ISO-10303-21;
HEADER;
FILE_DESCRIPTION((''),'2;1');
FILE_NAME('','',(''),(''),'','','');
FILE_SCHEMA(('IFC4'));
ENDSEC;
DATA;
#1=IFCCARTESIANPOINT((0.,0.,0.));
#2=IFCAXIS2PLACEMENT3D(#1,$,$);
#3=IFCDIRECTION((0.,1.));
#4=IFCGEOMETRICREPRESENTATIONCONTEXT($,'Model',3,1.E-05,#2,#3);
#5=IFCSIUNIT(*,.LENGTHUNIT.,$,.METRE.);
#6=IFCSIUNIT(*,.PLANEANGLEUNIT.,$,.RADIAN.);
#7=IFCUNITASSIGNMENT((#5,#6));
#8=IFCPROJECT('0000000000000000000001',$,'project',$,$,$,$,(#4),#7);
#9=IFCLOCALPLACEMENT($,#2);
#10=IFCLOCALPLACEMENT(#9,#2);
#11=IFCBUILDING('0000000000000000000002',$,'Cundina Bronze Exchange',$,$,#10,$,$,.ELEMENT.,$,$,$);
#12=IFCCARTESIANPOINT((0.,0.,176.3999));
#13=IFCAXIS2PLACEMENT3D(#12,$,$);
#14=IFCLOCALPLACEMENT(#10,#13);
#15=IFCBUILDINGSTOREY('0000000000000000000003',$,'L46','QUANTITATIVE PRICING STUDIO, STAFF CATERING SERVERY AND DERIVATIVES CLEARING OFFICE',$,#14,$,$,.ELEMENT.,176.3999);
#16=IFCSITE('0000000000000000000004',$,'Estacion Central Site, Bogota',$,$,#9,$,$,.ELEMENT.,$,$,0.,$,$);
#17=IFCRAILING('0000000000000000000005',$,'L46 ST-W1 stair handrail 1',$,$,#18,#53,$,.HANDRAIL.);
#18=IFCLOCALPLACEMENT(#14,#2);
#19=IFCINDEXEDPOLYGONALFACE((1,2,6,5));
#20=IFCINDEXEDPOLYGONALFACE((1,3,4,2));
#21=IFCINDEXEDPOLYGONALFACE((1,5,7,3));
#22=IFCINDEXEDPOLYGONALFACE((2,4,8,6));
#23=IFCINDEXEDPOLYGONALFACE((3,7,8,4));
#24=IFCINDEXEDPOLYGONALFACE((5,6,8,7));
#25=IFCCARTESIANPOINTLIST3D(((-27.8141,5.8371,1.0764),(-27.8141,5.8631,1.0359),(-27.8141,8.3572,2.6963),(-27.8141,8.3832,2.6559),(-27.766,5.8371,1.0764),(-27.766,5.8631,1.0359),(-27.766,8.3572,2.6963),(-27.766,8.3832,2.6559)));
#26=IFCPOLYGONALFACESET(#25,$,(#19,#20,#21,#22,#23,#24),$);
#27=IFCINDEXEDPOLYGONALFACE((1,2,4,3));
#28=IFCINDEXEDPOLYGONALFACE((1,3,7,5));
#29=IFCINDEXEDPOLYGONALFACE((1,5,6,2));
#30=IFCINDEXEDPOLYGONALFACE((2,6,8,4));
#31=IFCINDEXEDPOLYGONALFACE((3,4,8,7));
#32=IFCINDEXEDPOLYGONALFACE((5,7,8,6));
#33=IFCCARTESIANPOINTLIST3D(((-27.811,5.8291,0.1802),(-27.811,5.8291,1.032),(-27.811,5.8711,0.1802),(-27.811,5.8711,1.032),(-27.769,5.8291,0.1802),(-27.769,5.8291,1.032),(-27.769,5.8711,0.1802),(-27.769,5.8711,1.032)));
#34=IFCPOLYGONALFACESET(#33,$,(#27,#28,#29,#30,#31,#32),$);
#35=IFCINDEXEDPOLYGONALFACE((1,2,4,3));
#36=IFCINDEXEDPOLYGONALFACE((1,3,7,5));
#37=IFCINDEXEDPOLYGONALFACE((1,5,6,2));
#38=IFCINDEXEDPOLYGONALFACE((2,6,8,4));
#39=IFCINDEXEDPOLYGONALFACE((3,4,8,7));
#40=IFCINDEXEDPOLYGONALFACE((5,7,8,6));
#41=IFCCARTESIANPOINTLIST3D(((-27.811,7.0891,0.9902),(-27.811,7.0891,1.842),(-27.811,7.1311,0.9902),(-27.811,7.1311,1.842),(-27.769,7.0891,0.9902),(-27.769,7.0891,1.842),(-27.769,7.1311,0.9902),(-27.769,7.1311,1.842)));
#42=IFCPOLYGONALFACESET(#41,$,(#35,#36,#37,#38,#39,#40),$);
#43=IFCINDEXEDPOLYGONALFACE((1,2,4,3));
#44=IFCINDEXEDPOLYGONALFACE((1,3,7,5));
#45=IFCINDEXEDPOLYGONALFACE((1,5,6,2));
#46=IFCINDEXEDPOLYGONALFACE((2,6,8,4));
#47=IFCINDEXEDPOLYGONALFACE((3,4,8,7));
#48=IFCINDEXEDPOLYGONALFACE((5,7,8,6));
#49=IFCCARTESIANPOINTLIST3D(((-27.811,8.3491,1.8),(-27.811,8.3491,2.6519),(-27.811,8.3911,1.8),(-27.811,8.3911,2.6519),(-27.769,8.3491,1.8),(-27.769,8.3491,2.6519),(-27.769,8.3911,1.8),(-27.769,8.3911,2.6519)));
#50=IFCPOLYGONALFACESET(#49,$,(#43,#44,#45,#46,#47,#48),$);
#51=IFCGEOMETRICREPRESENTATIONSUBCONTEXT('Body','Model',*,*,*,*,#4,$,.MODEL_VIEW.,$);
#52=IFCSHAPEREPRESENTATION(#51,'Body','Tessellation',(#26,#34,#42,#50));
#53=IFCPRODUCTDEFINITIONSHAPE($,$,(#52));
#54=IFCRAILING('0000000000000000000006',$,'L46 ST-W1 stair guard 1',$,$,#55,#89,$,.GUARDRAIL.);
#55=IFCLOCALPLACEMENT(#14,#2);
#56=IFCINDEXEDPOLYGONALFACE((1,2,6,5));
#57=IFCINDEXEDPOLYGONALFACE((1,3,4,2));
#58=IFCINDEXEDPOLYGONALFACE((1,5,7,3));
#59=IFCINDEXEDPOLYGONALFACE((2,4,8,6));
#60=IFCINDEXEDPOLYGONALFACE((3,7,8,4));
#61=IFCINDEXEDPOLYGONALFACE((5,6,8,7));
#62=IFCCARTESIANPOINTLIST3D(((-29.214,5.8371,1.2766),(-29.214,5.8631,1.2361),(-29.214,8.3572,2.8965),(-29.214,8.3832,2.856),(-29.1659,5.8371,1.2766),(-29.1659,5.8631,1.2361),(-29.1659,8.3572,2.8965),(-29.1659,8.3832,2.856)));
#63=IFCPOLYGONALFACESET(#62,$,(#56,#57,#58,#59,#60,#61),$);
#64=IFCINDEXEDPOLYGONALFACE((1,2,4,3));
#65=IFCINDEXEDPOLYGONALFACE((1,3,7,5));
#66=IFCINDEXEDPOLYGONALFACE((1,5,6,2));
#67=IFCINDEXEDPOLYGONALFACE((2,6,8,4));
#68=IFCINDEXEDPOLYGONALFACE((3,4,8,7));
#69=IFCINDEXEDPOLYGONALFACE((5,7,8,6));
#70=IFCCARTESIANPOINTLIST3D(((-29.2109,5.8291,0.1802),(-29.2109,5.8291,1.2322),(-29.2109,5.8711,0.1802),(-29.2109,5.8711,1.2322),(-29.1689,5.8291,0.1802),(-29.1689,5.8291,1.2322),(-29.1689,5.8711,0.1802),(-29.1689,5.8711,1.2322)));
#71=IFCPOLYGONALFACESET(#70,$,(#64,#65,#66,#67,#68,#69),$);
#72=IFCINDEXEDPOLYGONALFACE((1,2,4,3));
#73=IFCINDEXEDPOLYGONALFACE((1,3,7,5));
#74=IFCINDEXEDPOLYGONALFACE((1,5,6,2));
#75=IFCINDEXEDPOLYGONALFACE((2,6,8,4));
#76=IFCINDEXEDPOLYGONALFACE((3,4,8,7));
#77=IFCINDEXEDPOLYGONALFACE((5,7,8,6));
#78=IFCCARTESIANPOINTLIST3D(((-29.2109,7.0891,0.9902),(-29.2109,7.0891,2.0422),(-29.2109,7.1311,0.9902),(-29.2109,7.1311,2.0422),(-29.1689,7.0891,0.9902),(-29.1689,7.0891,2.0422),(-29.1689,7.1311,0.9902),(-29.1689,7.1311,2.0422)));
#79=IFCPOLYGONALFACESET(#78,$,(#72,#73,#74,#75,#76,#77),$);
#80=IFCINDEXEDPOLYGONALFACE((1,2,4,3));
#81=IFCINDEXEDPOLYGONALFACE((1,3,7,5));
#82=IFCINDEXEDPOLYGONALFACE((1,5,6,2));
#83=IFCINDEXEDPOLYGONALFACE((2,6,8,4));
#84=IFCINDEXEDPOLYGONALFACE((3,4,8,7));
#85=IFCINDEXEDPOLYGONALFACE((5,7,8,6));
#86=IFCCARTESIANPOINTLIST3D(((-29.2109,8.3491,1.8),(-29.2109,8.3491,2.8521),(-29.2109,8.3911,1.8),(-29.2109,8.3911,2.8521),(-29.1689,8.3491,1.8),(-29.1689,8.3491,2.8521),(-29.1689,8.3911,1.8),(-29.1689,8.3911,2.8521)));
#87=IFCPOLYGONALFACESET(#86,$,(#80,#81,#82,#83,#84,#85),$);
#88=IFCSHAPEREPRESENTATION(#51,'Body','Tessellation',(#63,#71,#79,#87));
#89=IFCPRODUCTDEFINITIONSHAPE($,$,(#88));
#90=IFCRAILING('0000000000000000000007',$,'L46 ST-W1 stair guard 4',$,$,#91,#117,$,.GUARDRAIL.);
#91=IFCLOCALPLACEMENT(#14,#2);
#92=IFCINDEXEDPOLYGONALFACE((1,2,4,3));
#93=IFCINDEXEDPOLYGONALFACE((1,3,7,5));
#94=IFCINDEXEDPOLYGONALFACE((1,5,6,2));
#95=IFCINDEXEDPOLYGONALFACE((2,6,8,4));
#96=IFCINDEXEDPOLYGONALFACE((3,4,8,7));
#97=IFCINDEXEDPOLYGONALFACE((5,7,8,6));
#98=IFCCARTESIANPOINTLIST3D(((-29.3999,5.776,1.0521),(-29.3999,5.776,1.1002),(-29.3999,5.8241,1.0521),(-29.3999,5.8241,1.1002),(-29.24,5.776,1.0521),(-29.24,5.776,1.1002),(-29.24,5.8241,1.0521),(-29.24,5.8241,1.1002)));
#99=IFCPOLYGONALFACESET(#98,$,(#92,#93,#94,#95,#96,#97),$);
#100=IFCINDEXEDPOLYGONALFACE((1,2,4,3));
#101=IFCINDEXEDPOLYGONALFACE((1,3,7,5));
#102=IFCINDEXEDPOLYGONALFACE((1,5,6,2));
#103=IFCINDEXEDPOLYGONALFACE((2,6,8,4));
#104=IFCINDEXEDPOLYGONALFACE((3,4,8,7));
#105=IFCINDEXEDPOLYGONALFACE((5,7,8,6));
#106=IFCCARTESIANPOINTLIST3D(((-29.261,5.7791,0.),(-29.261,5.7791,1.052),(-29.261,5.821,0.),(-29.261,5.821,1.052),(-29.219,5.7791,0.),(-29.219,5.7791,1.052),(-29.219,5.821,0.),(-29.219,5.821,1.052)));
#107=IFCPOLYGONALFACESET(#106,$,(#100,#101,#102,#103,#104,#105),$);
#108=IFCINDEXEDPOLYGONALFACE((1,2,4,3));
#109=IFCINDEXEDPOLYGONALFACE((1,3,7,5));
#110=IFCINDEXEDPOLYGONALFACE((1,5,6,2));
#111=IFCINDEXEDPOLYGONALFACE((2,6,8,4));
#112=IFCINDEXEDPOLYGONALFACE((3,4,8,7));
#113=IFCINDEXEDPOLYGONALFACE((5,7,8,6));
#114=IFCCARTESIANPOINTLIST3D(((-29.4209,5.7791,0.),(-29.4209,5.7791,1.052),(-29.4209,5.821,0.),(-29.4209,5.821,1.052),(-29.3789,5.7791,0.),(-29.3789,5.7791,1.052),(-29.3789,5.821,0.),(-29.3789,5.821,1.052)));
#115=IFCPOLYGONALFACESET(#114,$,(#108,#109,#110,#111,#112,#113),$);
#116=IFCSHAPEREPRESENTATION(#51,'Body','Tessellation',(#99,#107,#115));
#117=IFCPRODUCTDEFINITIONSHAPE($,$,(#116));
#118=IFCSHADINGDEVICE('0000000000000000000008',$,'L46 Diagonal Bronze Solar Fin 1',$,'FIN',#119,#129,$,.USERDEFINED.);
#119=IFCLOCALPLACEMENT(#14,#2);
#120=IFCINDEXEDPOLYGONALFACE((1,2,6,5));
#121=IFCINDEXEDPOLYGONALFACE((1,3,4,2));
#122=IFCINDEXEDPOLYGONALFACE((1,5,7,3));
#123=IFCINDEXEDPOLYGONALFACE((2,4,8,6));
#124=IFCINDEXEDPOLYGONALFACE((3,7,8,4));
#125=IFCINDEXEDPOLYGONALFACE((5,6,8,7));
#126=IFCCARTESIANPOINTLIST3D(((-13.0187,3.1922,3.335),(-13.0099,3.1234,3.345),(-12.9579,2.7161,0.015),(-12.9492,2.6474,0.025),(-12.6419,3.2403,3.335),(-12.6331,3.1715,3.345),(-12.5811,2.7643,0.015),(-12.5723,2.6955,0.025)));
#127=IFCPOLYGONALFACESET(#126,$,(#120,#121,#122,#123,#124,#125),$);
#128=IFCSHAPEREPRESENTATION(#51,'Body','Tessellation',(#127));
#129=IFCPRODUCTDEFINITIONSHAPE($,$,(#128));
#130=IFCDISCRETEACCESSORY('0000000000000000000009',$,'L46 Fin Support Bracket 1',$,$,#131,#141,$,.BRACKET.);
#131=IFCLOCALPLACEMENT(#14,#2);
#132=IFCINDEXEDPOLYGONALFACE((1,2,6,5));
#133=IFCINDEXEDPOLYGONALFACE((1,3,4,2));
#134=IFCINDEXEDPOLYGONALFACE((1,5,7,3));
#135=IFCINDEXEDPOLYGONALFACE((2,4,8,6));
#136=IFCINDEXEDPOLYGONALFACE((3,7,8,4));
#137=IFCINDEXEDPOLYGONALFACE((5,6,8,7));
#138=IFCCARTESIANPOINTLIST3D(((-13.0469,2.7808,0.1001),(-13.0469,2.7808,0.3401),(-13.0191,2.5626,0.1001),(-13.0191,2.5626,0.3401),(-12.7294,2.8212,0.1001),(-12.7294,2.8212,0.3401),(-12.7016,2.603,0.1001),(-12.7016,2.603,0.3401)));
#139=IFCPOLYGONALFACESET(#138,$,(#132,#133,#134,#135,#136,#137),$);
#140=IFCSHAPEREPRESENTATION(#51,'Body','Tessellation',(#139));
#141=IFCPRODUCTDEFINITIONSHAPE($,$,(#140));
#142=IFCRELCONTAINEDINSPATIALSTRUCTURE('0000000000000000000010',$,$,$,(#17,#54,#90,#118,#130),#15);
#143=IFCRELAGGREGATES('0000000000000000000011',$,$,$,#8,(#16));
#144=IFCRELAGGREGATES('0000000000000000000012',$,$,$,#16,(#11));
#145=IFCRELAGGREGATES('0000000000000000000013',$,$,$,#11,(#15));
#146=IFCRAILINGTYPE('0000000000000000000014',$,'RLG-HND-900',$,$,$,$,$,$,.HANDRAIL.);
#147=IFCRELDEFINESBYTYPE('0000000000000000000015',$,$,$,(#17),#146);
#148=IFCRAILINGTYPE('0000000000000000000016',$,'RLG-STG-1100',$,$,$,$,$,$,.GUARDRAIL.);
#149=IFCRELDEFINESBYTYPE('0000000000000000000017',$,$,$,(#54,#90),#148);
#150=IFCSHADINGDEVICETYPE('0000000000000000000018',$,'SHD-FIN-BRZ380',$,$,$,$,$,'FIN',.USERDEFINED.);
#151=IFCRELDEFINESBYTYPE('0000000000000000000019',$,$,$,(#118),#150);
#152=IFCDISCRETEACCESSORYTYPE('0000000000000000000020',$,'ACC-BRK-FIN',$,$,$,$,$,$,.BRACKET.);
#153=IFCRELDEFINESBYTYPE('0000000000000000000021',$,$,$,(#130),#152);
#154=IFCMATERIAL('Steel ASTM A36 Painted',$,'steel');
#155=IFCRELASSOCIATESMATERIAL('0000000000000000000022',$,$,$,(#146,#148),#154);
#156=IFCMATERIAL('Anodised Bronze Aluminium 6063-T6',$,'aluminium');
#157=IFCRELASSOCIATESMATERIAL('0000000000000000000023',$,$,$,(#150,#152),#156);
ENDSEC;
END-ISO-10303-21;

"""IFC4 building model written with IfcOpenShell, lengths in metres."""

from ifc_helpers import new_model, si_unit, direction, frame, origin, origin_2d, place, context, subcontext, project, spatial, rectangle, extrude, material, material_profile, profile_set, type_object, element, save


model = new_model("IFC4")

# Units and contexts
model_context = context("Model", 3, precision=1e-05, world=origin(), true_north=direction((0.0, 1.0)))
body_context = subcontext(model_context, "Body", "Model", "MODEL_VIEW")
ifc_project = project(units=[si_unit("LENGTHUNIT", "METRE"), si_unit("PLANEANGLEUNIT", "RADIAN")], contexts=[model_context])

# Site, building, storey
site_placement = place(None, origin())
site = spatial("IfcSite", under=ifc_project, at=site_placement, Name="Estacion Central Site, Bogota", CompositionType="ELEMENT", RefElevation=0.0)
building_placement = place(site_placement, origin())
building = spatial("IfcBuilding", under=site, at=building_placement, Name="Cundina Bronze Exchange", CompositionType="ELEMENT")
storey_placement = place(building_placement, frame((0.0, 0.0, 176.3999)))
storey = spatial("IfcBuildingStorey", under=building, at=storey_placement, Name="L46", Description="QUANTITATIVE PRICING STUDIO, STAFF CATERING SERVERY AND DERIVATIVES CLEARING OFFICE", CompositionType="ELEMENT", Elevation=176.3999)

# Shared definitions
ifc_material_1 = material(Name="Anodised Bronze Aluminium 6063-T6", Category="aluminium")

# Shared definitions
ifc_material_2 = material(Name="Steel ASTM A36 Painted", Category="steel")

# Railings
railing_type_1 = type_object("IfcRailingType", Name="RLG-HND-900", PredefinedType="HANDRAIL", material=ifc_material_2)
railing_1_placement = place(storey_placement, frame((-27.79, 5.8501, 0.1802)))
element("IfcRailing", 1, at=railing_1_placement, inside=storey, type_object=railing_type_1, Name="L46 ST-W1 stair handrail 1", PredefinedType="HANDRAIL", context=body_context, shape_type="SweptSolid", body=[
    extrude(rectangle(XDim=0.0481, YDim=0.0481, at=origin_2d()), frame((0.0, 0.0, 0.876), z_axis=(0.0, 0.8412, 0.540725), x_axis=(-1.0, 0.0, 0.0)), (0.0, 0.0, 1.0), 2.9958),
    extrude(rectangle(XDim=0.042, YDim=0.042, at=origin_2d()), origin(), (0.0, 0.0, 1.0), 0.8518),
    extrude(rectangle(XDim=0.042, YDim=0.042, at=origin_2d()), frame((0.0, 1.26, 0.8101)), (0.0, 0.0, 1.0), 0.8518),
    extrude(rectangle(XDim=0.042, YDim=0.042, at=origin_2d()), frame((0.0, 2.52, 1.6199)), (0.0, 0.0, 1.0), 0.8518),
])
railing_type_2 = type_object("IfcRailingType", Name="RLG-STG-1100", PredefinedType="GUARDRAIL", material=ifc_material_2)
railing_2_placement = place(storey_placement, frame((-29.1899, 5.8501, 0.1802)))
element("IfcRailing", 2, at=railing_2_placement, inside=storey, type_object=railing_type_2, Name="L46 ST-W1 stair guard 1", PredefinedType="GUARDRAIL", context=body_context, shape_type="SweptSolid", body=[
    extrude(rectangle(XDim=0.0481, YDim=0.0481, at=origin_2d()), frame((0.0, 0.0, 1.0762), z_axis=(0.0, 0.8412, 0.540725), x_axis=(-1.0, 0.0, 0.0)), (0.0, 0.0, 1.0), 2.9958),
    extrude(rectangle(XDim=0.042, YDim=0.042, at=origin_2d()), origin(), (0.0, 0.0, 1.0), 1.052),
    extrude(rectangle(XDim=0.042, YDim=0.042, at=origin_2d()), frame((0.0, 1.26, 0.8101)), (0.0, 0.0, 1.0), 1.052),
    extrude(rectangle(XDim=0.042, YDim=0.042, at=origin_2d()), frame((0.0, 2.52, 1.6199)), (0.0, 0.0, 1.0), 1.052),
])
railing_3_placement = place(storey_placement, frame((-29.24, 5.8, 0.0)))
element("IfcRailing", 3, at=railing_3_placement, inside=storey, type_object=railing_type_2, Name="L46 ST-W1 stair guard 4", PredefinedType="GUARDRAIL", context=body_context, shape_type="SweptSolid", body=[
    extrude(rectangle(XDim=0.0481, YDim=0.0481, at=origin_2d()), frame((0.0, 0.0, 1.0762), z_axis=(-1.0, 0.0, 0.0), x_axis=(0.0, -1.0, 0.0)), (0.0, 0.0, 1.0), 0.1599),
    extrude(rectangle(XDim=0.042, YDim=0.042, at=origin_2d()), origin(), (0.0, 0.0, 1.0), 1.052),
    extrude(rectangle(XDim=0.042, YDim=0.042, at=origin_2d()), frame((-0.1599, 0.0, 0.0)), (0.0, 0.0, 1.0), 1.052),
])

# Shading device
ifc_material_profile_1 = material_profile(ifc_material_1, rectangle(XDim=0.0701, YDim=0.3799, at=origin_2d()), Name="FIN70X380", Category="aluminium")
ifc_profile_set_1 = profile_set([ifc_material_profile_1], Name="Anodised Bronze Aluminium 6063-T6")
shading_device_type = type_object("IfcShadingDeviceType", Name="SHD-FIN-BRZ380", ElementType="FIN", PredefinedType="USERDEFINED", material=ifc_profile_set_1)
shading_device_placement = place(storey_placement, frame((-12.7651, 2.7058, 0.02), z_axis=(-0.018122, 0.141918, 0.989713), x_axis=(0.125361, -0.981741, 0.14307)))
element("IfcShadingDevice", 4, at=shading_device_placement, inside=storey, type_object=shading_device_type, Name="L46 Diagonal Bronze Solar Fin 1", ObjectType="FIN", PredefinedType="USERDEFINED", context=body_context, shape_type="SweptSolid", body=[
    extrude(rectangle(XDim=0.0701, YDim=0.3799, at=origin_2d()), origin(), (0.0, 0.0, 1.0), 3.3545),
])

# Discrete accessory
discrete_accessory_type = type_object("IfcDiscreteAccessoryType", Name="ACC-BRK-FIN", PredefinedType="BRACKET", material=ifc_material_1)
discrete_accessory_placement = place(storey_placement, frame((-12.8743, 2.6919, 0.1001), z_axis=(0.0, 0.0, 1.0), x_axis=(-0.126476, 0.99197, 0.0)))
element("IfcDiscreteAccessory", 5, at=discrete_accessory_placement, inside=storey, type_object=discrete_accessory_type, Name="L46 Fin Support Bracket 1", PredefinedType="BRACKET", context=body_context, shape_type="SweptSolid", body=[
    extrude(rectangle(XDim=0.22, YDim=0.3201, at=origin_2d()), origin(), (0.0, 0.0, 1.0), 0.24),
])

save(model, "model.ifc")
